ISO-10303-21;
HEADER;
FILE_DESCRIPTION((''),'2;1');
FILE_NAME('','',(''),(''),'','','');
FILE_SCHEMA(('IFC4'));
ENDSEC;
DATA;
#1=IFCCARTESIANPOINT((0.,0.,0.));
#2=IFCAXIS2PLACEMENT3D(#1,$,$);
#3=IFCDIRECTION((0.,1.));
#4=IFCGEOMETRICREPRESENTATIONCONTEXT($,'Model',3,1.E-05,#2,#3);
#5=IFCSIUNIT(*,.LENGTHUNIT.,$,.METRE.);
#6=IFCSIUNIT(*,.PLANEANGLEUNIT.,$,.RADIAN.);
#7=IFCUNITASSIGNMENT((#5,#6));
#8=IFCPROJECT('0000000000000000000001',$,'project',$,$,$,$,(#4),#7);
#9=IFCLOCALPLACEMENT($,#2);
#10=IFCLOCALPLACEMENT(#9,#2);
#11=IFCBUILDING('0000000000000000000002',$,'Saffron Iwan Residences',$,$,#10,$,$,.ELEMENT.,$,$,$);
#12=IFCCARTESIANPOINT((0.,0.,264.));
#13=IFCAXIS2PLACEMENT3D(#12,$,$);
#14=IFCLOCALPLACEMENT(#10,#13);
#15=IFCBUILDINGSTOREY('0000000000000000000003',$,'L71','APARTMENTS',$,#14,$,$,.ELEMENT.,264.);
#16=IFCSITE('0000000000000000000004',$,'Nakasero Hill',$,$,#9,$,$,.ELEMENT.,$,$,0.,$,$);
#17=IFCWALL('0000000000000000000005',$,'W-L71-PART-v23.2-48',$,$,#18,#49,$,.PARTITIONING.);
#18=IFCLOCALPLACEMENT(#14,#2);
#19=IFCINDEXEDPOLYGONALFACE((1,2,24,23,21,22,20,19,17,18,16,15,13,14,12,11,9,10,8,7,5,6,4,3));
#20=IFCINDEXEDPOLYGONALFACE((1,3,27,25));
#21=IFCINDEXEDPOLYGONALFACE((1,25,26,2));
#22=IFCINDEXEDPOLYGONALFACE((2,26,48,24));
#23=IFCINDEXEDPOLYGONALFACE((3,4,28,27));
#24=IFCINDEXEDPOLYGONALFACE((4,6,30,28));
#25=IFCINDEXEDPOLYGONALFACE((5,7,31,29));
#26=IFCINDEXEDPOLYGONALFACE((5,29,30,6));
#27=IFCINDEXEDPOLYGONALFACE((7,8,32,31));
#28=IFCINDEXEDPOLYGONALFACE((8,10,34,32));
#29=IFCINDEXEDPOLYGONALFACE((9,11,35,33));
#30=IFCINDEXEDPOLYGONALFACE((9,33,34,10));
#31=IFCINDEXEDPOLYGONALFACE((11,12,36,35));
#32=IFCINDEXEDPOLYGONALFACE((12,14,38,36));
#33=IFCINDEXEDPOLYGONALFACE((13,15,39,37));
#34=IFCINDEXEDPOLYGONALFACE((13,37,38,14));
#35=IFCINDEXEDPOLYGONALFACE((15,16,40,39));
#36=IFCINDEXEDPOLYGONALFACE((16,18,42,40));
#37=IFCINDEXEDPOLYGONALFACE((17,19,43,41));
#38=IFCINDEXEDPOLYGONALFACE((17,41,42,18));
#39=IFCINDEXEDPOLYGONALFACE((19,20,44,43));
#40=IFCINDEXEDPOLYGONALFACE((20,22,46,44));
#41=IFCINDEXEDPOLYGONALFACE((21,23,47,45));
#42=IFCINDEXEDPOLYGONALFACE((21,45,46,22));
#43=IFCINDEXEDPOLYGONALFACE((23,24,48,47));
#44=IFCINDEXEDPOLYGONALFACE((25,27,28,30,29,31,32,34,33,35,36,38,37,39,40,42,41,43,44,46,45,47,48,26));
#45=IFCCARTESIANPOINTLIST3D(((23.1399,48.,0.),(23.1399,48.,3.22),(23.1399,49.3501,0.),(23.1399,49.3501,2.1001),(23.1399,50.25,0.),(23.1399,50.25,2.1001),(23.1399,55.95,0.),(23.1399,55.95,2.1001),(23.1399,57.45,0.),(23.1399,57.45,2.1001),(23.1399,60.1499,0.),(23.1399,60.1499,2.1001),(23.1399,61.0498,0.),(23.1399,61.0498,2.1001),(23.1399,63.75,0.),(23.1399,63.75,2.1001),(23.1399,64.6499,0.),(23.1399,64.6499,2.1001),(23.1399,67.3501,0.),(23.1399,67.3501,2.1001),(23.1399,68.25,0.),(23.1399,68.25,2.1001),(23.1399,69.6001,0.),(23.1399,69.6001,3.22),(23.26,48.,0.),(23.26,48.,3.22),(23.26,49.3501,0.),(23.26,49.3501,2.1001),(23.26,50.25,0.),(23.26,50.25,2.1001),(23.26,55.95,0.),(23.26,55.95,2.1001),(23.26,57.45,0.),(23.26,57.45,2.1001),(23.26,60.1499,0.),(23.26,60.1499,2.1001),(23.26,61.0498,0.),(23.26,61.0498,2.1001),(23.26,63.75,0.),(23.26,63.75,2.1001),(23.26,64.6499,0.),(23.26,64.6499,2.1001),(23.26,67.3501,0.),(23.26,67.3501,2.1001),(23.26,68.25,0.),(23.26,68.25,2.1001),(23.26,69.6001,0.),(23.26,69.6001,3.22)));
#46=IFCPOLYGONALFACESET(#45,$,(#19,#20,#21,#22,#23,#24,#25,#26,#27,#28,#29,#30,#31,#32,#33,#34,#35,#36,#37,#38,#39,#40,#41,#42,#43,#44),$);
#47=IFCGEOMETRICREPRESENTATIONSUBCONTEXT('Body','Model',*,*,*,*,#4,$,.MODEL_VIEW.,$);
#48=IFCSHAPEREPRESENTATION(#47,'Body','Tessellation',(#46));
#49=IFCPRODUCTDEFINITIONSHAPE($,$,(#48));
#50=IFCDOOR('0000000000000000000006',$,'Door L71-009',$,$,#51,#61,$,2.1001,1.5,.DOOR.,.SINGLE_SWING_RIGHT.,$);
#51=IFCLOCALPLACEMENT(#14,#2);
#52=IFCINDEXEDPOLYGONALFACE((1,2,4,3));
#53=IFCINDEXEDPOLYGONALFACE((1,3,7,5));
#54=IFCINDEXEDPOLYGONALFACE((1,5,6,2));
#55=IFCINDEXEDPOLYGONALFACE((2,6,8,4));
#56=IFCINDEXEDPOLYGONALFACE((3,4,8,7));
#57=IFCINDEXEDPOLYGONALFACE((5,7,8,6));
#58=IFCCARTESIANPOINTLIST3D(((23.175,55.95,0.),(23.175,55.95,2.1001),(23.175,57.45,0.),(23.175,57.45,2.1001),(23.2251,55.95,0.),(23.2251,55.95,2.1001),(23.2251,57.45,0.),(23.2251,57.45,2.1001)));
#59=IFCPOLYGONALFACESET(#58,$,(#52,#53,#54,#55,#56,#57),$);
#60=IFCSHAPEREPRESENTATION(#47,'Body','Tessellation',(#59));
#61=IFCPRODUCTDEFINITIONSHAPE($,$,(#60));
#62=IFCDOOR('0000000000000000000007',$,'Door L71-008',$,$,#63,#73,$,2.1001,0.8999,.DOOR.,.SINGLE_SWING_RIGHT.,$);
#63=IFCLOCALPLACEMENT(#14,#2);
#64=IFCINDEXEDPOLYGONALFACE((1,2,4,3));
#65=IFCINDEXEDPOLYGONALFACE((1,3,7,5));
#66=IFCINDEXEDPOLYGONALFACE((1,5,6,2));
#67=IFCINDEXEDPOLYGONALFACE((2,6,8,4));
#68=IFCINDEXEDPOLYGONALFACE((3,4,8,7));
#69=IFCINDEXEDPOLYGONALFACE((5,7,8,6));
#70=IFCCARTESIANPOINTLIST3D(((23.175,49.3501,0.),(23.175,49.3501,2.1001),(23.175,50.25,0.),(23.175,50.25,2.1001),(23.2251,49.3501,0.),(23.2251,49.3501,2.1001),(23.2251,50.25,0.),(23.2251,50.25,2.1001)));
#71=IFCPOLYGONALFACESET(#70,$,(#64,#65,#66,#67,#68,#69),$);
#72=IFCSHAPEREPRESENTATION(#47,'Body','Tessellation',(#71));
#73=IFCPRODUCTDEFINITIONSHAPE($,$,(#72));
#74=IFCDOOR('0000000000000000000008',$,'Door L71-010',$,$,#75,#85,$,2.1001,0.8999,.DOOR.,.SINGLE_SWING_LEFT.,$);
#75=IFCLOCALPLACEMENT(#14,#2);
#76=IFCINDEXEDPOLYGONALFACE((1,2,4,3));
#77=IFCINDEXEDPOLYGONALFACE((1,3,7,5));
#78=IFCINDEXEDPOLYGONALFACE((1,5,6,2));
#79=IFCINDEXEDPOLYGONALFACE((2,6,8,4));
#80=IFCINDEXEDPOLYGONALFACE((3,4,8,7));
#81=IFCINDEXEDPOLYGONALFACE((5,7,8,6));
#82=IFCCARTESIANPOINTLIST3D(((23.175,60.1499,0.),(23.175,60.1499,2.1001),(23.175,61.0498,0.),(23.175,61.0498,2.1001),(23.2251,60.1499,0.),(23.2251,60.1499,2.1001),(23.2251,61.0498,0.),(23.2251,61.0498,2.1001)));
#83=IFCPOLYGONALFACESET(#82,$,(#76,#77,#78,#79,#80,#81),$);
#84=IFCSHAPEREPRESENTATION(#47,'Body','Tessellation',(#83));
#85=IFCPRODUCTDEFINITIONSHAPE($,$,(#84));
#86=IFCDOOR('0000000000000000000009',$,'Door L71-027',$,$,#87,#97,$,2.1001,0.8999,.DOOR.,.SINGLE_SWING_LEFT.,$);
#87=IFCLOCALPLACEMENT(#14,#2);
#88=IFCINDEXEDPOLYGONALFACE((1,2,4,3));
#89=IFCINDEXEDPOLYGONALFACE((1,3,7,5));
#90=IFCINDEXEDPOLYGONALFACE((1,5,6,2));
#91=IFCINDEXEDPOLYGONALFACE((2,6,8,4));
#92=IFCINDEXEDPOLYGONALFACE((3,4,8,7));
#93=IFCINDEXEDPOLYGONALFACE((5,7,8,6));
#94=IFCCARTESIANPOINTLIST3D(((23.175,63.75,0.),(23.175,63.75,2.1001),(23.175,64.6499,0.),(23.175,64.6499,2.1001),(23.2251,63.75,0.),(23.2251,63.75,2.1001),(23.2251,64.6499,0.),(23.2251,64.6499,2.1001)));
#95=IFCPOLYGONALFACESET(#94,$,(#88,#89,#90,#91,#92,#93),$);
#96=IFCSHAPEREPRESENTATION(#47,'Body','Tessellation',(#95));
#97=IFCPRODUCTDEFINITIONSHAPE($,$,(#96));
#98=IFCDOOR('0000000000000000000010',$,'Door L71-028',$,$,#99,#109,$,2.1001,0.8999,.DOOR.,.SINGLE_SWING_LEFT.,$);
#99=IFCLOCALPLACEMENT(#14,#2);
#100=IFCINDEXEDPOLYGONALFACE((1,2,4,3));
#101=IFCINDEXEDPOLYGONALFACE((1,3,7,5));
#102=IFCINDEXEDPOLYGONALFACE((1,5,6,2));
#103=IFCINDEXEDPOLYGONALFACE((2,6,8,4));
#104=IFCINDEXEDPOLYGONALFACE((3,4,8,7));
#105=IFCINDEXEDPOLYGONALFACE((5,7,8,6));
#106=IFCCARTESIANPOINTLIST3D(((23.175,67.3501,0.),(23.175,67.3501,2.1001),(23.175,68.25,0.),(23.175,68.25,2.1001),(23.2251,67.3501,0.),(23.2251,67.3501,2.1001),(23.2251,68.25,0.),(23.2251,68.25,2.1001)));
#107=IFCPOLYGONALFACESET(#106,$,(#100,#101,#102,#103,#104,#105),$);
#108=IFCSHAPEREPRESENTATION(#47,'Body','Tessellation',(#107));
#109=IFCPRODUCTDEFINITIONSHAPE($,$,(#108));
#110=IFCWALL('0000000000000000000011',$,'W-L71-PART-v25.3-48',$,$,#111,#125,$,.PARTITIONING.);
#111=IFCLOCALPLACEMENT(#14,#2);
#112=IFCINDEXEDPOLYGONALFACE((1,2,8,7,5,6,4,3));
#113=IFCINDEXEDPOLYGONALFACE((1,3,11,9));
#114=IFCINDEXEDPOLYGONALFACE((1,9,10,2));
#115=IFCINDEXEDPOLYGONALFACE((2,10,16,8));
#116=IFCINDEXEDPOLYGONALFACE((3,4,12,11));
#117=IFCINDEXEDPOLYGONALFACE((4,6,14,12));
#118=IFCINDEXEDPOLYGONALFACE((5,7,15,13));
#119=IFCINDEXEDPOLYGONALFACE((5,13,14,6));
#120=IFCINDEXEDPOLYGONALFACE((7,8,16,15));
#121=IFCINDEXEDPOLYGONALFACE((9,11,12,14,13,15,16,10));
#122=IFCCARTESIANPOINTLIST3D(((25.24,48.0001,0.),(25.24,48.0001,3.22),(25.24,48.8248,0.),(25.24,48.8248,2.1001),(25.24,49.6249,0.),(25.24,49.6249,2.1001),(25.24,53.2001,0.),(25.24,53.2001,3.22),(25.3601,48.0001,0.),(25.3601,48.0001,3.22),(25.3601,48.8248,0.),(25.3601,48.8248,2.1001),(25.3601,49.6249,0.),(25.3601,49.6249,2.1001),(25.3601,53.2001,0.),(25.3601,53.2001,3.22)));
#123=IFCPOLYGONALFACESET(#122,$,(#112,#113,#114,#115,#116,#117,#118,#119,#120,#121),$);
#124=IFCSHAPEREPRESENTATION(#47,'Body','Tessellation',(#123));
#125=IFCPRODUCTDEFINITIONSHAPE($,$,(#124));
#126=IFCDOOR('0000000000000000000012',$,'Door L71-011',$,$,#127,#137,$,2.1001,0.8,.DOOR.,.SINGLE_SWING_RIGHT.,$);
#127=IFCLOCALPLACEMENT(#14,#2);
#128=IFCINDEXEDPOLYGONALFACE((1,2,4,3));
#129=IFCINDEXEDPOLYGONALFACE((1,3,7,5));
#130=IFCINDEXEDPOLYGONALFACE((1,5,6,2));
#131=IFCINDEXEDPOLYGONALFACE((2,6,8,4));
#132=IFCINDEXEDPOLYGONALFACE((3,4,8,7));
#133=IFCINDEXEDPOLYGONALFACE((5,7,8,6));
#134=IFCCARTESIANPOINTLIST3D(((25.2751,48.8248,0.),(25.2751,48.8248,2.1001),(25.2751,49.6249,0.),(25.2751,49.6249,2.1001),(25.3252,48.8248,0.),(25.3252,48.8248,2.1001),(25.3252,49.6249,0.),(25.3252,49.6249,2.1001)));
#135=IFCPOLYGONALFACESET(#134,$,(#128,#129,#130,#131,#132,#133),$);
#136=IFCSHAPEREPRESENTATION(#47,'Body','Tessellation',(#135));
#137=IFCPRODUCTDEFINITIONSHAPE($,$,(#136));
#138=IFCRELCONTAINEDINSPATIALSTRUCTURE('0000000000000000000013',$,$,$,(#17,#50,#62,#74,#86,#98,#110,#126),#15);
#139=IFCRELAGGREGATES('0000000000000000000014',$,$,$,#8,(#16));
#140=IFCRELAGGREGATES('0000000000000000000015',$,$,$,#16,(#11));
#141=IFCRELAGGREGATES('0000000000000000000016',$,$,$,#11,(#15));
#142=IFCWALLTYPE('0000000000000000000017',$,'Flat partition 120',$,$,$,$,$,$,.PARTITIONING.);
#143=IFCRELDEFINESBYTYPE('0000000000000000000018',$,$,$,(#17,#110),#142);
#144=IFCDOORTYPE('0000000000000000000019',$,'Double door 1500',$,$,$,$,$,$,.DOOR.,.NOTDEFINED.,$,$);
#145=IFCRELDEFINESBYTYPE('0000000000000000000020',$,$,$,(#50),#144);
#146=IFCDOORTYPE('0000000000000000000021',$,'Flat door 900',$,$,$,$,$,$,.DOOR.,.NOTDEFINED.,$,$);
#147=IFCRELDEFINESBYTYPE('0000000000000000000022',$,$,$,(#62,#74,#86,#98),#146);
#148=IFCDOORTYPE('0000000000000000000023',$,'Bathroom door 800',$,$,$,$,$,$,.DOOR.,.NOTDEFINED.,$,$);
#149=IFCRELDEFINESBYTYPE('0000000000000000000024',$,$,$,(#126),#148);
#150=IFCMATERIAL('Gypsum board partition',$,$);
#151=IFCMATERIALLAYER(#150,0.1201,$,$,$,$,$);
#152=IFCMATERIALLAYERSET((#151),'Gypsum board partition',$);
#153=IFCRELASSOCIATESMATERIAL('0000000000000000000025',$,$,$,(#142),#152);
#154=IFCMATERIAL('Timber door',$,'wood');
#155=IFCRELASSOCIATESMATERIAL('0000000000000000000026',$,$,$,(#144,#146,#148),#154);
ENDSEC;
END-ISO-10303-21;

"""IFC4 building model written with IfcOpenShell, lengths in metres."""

from ifc_helpers import new_model, si_unit, direction, frame, frame_2d, origin, place, context, subcontext, project, spatial, rectangle, extrude, material, layer, layer_set, type_object, element, fill, save


model = new_model("IFC4")

# Units and contexts
model_context = context("Model", 3, precision=1e-05, world=origin(), true_north=direction((0.0, 1.0)))
body_context = subcontext(model_context, "Body", "Model", "MODEL_VIEW")
ifc_project = project(units=[si_unit("LENGTHUNIT", "METRE"), si_unit("PLANEANGLEUNIT", "RADIAN")], contexts=[model_context])

# Site, building, storey
site_placement = place(None, origin())
site = spatial("IfcSite", under=ifc_project, at=site_placement, Name="Nakasero Hill", CompositionType="ELEMENT", RefElevation=0.0)
building_placement = place(site_placement, origin())
building = spatial("IfcBuilding", under=site, at=building_placement, Name="Saffron Iwan Residences", CompositionType="ELEMENT")
storey_placement = place(building_placement, frame((0.0, 0.0, 264.0)))
storey = spatial("IfcBuildingStorey", under=building, at=storey_placement, Name="L71", Description="APARTMENTS", CompositionType="ELEMENT", Elevation=264.0)

# Shared definitions
ifc_material_1 = material(Name="Gypsum board partition")
ifc_layer_1 = layer(ifc_material_1, 0.1201)
ifc_layer_set_1 = layer_set([ifc_layer_1], Name="Gypsum board partition")
wall_type_1 = type_object("IfcWallType", Name="Flat partition 120", PredefinedType="PARTITIONING", material=ifc_layer_set_1)

# Wall, openings, doors
wall_1_placement = place(storey_placement, frame((23.2, 48.0, 0.0), z_axis=(0.0, 0.0, 1.0), x_axis=(0.0, 1.0, 0.0)))
wall_1 = element("IfcWall", 1, at=wall_1_placement, inside=storey, type_object=wall_type_1, Name="W-L71-PART-v23.2-48", PredefinedType="PARTITIONING", context=body_context, shape_type="SweptSolid", body=[
    extrude(rectangle(XDim=21.6001, YDim=0.1201, at=frame_2d((10.8, 0.0))), origin(), (0.0, 0.0, 1.0), 3.22),
])
opening_1_placement = place(wall_1_placement, frame((1.3501, 0.0, 0.0)))
opening_1 = element("IfcOpeningElement", 2, at=opening_1_placement, cuts=wall_1, PredefinedType="OPENING", context=body_context, shape_type="SweptSolid", body=[
    extrude(rectangle(XDim=0.8999, YDim=2.1001, at=frame_2d((0.45, 1.05))), frame((0.0, 0.0701, 0.0), z_axis=(0.0, -1.0, 0.0), x_axis=(1.0, 0.0, 0.0)), (0.0, 0.0, 1.0), 0.1401),
])
opening_2_placement = place(wall_1_placement, frame((7.95, 0.0, 0.0)))
opening_2 = element("IfcOpeningElement", 3, at=opening_2_placement, cuts=wall_1, PredefinedType="OPENING", context=body_context, shape_type="SweptSolid", body=[
    extrude(rectangle(XDim=1.5, YDim=2.1001, at=frame_2d((0.75, 1.05))), frame((0.0, 0.0701, 0.0), z_axis=(0.0, -1.0, 0.0), x_axis=(1.0, 0.0, 0.0)), (0.0, 0.0, 1.0), 0.1401),
])
opening_3_placement = place(wall_1_placement, frame((12.1499, 0.0, 0.0)))
opening_3 = element("IfcOpeningElement", 4, at=opening_3_placement, cuts=wall_1, PredefinedType="OPENING", context=body_context, shape_type="SweptSolid", body=[
    extrude(rectangle(XDim=0.8999, YDim=2.1001, at=frame_2d((0.45, 1.05))), frame((0.0, 0.0701, 0.0), z_axis=(0.0, -1.0, 0.0), x_axis=(1.0, 0.0, 0.0)), (0.0, 0.0, 1.0), 0.1401),
])
opening_4_placement = place(wall_1_placement, frame((15.75, 0.0, 0.0)))
opening_4 = element("IfcOpeningElement", 5, at=opening_4_placement, cuts=wall_1, PredefinedType="OPENING", context=body_context, shape_type="SweptSolid", body=[
    extrude(rectangle(XDim=0.8999, YDim=2.1001, at=frame_2d((0.45, 1.05))), frame((0.0, 0.0701, 0.0), z_axis=(0.0, -1.0, 0.0), x_axis=(1.0, 0.0, 0.0)), (0.0, 0.0, 1.0), 0.1401),
])
opening_5_placement = place(wall_1_placement, frame((19.3501, 0.0, 0.0)))
opening_5 = element("IfcOpeningElement", 6, at=opening_5_placement, cuts=wall_1, PredefinedType="OPENING", context=body_context, shape_type="SweptSolid", body=[
    extrude(rectangle(XDim=0.8999, YDim=2.1001, at=frame_2d((0.45, 1.05))), frame((0.0, 0.0701, 0.0), z_axis=(0.0, -1.0, 0.0), x_axis=(1.0, 0.0, 0.0)), (0.0, 0.0, 1.0), 0.1401),
])
ifc_material_2 = material(Name="Timber door", Category="wood")
door_type_1 = type_object("IfcDoorType", Name="Double door 1500", OperationType="NOTDEFINED", PredefinedType="DOOR", material=ifc_material_2)
door_1_placement = place(opening_2_placement, origin())
door_1 = element("IfcDoor", 7, at=door_1_placement, inside=storey, type_object=door_type_1, Name="Door L71-009", OperationType="SINGLE_SWING_RIGHT", OverallHeight=2.1001, OverallWidth=1.5, PredefinedType="DOOR", context=body_context, shape_type="SweptSolid", body=[
    extrude(rectangle(XDim=1.5, YDim=2.1001, at=frame_2d((0.75, 1.05))), frame((0.0, 0.0249, 0.0), z_axis=(0.0, -1.0, 0.0), x_axis=(1.0, 0.0, 0.0)), (0.0, 0.0, 1.0), 0.05),
])
fill(opening_2, door_1)
door_type_2 = type_object("IfcDoorType", Name="Flat door 900", OperationType="NOTDEFINED", PredefinedType="DOOR", material=ifc_material_2)
door_2_placement = place(opening_1_placement, origin())
door_2 = element("IfcDoor", 8, at=door_2_placement, inside=storey, type_object=door_type_2, Name="Door L71-008", OperationType="SINGLE_SWING_RIGHT", OverallHeight=2.1001, OverallWidth=0.8999, PredefinedType="DOOR", context=body_context, shape_type="SweptSolid", body=[
    extrude(rectangle(XDim=0.8999, YDim=2.1001, at=frame_2d((0.45, 1.05))), frame((0.0, 0.0249, 0.0), z_axis=(0.0, -1.0, 0.0), x_axis=(1.0, 0.0, 0.0)), (0.0, 0.0, 1.0), 0.05),
])
fill(opening_1, door_2)
door_3_placement = place(opening_3_placement, origin())
door_3 = element("IfcDoor", 9, at=door_3_placement, inside=storey, type_object=door_type_2, Name="Door L71-010", OperationType="SINGLE_SWING_LEFT", OverallHeight=2.1001, OverallWidth=0.8999, PredefinedType="DOOR", context=body_context, shape_type="SweptSolid", body=[
    extrude(rectangle(XDim=0.8999, YDim=2.1001, at=frame_2d((0.45, 1.05))), frame((0.0, 0.0249, 0.0), z_axis=(0.0, -1.0, 0.0), x_axis=(1.0, 0.0, 0.0)), (0.0, 0.0, 1.0), 0.05),
])
fill(opening_3, door_3)
door_4_placement = place(opening_4_placement, origin())
door_4 = element("IfcDoor", 10, at=door_4_placement, inside=storey, type_object=door_type_2, Name="Door L71-027", OperationType="SINGLE_SWING_LEFT", OverallHeight=2.1001, OverallWidth=0.8999, PredefinedType="DOOR", context=body_context, shape_type="SweptSolid", body=[
    extrude(rectangle(XDim=0.8999, YDim=2.1001, at=frame_2d((0.45, 1.05))), frame((0.0, 0.0249, 0.0), z_axis=(0.0, -1.0, 0.0), x_axis=(1.0, 0.0, 0.0)), (0.0, 0.0, 1.0), 0.05),
])
fill(opening_4, door_4)
door_5_placement = place(opening_5_placement, origin())
door_5 = element("IfcDoor", 11, at=door_5_placement, inside=storey, type_object=door_type_2, Name="Door L71-028", OperationType="SINGLE_SWING_LEFT", OverallHeight=2.1001, OverallWidth=0.8999, PredefinedType="DOOR", context=body_context, shape_type="SweptSolid", body=[
    extrude(rectangle(XDim=0.8999, YDim=2.1001, at=frame_2d((0.45, 1.05))), frame((0.0, 0.0249, 0.0), z_axis=(0.0, -1.0, 0.0), x_axis=(1.0, 0.0, 0.0)), (0.0, 0.0, 1.0), 0.05),
])
fill(opening_5, door_5)

# Wall, opening, door
wall_2_placement = place(storey_placement, frame((25.3, 48.0, 0.0), z_axis=(0.0, 0.0, 1.0), x_axis=(0.0, 1.0, 0.0)))
wall_2 = element("IfcWall", 12, at=wall_2_placement, inside=storey, type_object=wall_type_1, Name="W-L71-PART-v25.3-48", PredefinedType="PARTITIONING", context=body_context, shape_type="SweptSolid", body=[
    extrude(rectangle(XDim=5.2, YDim=0.1201, at=frame_2d((2.6001, 0.0))), origin(), (0.0, 0.0, 1.0), 3.22),
])
opening_6_placement = place(wall_2_placement, frame((0.825, 0.0, 0.0)))
opening_6 = element("IfcOpeningElement", 13, at=opening_6_placement, cuts=wall_2, PredefinedType="OPENING", context=body_context, shape_type="SweptSolid", body=[
    extrude(rectangle(XDim=0.8, YDim=2.1001, at=frame_2d((0.3999, 1.05))), frame((0.0, 0.0701, 0.0), z_axis=(0.0, -1.0, 0.0), x_axis=(1.0, 0.0, 0.0)), (0.0, 0.0, 1.0), 0.1401),
])
door_type_3 = type_object("IfcDoorType", Name="Bathroom door 800", OperationType="NOTDEFINED", PredefinedType="DOOR", material=ifc_material_2)
door_6_placement = place(opening_6_placement, origin())
door_6 = element("IfcDoor", 14, at=door_6_placement, inside=storey, type_object=door_type_3, Name="Door L71-011", OperationType="SINGLE_SWING_RIGHT", OverallHeight=2.1001, OverallWidth=0.8, PredefinedType="DOOR", context=body_context, shape_type="SweptSolid", body=[
    extrude(rectangle(XDim=0.8, YDim=2.1001, at=frame_2d((0.3999, 1.05))), frame((0.0, 0.0249, 0.0), z_axis=(0.0, -1.0, 0.0), x_axis=(1.0, 0.0, 0.0)), (0.0, 0.0, 1.0), 0.05),
])
fill(opening_6, door_6)

save(model, "model.ifc")
